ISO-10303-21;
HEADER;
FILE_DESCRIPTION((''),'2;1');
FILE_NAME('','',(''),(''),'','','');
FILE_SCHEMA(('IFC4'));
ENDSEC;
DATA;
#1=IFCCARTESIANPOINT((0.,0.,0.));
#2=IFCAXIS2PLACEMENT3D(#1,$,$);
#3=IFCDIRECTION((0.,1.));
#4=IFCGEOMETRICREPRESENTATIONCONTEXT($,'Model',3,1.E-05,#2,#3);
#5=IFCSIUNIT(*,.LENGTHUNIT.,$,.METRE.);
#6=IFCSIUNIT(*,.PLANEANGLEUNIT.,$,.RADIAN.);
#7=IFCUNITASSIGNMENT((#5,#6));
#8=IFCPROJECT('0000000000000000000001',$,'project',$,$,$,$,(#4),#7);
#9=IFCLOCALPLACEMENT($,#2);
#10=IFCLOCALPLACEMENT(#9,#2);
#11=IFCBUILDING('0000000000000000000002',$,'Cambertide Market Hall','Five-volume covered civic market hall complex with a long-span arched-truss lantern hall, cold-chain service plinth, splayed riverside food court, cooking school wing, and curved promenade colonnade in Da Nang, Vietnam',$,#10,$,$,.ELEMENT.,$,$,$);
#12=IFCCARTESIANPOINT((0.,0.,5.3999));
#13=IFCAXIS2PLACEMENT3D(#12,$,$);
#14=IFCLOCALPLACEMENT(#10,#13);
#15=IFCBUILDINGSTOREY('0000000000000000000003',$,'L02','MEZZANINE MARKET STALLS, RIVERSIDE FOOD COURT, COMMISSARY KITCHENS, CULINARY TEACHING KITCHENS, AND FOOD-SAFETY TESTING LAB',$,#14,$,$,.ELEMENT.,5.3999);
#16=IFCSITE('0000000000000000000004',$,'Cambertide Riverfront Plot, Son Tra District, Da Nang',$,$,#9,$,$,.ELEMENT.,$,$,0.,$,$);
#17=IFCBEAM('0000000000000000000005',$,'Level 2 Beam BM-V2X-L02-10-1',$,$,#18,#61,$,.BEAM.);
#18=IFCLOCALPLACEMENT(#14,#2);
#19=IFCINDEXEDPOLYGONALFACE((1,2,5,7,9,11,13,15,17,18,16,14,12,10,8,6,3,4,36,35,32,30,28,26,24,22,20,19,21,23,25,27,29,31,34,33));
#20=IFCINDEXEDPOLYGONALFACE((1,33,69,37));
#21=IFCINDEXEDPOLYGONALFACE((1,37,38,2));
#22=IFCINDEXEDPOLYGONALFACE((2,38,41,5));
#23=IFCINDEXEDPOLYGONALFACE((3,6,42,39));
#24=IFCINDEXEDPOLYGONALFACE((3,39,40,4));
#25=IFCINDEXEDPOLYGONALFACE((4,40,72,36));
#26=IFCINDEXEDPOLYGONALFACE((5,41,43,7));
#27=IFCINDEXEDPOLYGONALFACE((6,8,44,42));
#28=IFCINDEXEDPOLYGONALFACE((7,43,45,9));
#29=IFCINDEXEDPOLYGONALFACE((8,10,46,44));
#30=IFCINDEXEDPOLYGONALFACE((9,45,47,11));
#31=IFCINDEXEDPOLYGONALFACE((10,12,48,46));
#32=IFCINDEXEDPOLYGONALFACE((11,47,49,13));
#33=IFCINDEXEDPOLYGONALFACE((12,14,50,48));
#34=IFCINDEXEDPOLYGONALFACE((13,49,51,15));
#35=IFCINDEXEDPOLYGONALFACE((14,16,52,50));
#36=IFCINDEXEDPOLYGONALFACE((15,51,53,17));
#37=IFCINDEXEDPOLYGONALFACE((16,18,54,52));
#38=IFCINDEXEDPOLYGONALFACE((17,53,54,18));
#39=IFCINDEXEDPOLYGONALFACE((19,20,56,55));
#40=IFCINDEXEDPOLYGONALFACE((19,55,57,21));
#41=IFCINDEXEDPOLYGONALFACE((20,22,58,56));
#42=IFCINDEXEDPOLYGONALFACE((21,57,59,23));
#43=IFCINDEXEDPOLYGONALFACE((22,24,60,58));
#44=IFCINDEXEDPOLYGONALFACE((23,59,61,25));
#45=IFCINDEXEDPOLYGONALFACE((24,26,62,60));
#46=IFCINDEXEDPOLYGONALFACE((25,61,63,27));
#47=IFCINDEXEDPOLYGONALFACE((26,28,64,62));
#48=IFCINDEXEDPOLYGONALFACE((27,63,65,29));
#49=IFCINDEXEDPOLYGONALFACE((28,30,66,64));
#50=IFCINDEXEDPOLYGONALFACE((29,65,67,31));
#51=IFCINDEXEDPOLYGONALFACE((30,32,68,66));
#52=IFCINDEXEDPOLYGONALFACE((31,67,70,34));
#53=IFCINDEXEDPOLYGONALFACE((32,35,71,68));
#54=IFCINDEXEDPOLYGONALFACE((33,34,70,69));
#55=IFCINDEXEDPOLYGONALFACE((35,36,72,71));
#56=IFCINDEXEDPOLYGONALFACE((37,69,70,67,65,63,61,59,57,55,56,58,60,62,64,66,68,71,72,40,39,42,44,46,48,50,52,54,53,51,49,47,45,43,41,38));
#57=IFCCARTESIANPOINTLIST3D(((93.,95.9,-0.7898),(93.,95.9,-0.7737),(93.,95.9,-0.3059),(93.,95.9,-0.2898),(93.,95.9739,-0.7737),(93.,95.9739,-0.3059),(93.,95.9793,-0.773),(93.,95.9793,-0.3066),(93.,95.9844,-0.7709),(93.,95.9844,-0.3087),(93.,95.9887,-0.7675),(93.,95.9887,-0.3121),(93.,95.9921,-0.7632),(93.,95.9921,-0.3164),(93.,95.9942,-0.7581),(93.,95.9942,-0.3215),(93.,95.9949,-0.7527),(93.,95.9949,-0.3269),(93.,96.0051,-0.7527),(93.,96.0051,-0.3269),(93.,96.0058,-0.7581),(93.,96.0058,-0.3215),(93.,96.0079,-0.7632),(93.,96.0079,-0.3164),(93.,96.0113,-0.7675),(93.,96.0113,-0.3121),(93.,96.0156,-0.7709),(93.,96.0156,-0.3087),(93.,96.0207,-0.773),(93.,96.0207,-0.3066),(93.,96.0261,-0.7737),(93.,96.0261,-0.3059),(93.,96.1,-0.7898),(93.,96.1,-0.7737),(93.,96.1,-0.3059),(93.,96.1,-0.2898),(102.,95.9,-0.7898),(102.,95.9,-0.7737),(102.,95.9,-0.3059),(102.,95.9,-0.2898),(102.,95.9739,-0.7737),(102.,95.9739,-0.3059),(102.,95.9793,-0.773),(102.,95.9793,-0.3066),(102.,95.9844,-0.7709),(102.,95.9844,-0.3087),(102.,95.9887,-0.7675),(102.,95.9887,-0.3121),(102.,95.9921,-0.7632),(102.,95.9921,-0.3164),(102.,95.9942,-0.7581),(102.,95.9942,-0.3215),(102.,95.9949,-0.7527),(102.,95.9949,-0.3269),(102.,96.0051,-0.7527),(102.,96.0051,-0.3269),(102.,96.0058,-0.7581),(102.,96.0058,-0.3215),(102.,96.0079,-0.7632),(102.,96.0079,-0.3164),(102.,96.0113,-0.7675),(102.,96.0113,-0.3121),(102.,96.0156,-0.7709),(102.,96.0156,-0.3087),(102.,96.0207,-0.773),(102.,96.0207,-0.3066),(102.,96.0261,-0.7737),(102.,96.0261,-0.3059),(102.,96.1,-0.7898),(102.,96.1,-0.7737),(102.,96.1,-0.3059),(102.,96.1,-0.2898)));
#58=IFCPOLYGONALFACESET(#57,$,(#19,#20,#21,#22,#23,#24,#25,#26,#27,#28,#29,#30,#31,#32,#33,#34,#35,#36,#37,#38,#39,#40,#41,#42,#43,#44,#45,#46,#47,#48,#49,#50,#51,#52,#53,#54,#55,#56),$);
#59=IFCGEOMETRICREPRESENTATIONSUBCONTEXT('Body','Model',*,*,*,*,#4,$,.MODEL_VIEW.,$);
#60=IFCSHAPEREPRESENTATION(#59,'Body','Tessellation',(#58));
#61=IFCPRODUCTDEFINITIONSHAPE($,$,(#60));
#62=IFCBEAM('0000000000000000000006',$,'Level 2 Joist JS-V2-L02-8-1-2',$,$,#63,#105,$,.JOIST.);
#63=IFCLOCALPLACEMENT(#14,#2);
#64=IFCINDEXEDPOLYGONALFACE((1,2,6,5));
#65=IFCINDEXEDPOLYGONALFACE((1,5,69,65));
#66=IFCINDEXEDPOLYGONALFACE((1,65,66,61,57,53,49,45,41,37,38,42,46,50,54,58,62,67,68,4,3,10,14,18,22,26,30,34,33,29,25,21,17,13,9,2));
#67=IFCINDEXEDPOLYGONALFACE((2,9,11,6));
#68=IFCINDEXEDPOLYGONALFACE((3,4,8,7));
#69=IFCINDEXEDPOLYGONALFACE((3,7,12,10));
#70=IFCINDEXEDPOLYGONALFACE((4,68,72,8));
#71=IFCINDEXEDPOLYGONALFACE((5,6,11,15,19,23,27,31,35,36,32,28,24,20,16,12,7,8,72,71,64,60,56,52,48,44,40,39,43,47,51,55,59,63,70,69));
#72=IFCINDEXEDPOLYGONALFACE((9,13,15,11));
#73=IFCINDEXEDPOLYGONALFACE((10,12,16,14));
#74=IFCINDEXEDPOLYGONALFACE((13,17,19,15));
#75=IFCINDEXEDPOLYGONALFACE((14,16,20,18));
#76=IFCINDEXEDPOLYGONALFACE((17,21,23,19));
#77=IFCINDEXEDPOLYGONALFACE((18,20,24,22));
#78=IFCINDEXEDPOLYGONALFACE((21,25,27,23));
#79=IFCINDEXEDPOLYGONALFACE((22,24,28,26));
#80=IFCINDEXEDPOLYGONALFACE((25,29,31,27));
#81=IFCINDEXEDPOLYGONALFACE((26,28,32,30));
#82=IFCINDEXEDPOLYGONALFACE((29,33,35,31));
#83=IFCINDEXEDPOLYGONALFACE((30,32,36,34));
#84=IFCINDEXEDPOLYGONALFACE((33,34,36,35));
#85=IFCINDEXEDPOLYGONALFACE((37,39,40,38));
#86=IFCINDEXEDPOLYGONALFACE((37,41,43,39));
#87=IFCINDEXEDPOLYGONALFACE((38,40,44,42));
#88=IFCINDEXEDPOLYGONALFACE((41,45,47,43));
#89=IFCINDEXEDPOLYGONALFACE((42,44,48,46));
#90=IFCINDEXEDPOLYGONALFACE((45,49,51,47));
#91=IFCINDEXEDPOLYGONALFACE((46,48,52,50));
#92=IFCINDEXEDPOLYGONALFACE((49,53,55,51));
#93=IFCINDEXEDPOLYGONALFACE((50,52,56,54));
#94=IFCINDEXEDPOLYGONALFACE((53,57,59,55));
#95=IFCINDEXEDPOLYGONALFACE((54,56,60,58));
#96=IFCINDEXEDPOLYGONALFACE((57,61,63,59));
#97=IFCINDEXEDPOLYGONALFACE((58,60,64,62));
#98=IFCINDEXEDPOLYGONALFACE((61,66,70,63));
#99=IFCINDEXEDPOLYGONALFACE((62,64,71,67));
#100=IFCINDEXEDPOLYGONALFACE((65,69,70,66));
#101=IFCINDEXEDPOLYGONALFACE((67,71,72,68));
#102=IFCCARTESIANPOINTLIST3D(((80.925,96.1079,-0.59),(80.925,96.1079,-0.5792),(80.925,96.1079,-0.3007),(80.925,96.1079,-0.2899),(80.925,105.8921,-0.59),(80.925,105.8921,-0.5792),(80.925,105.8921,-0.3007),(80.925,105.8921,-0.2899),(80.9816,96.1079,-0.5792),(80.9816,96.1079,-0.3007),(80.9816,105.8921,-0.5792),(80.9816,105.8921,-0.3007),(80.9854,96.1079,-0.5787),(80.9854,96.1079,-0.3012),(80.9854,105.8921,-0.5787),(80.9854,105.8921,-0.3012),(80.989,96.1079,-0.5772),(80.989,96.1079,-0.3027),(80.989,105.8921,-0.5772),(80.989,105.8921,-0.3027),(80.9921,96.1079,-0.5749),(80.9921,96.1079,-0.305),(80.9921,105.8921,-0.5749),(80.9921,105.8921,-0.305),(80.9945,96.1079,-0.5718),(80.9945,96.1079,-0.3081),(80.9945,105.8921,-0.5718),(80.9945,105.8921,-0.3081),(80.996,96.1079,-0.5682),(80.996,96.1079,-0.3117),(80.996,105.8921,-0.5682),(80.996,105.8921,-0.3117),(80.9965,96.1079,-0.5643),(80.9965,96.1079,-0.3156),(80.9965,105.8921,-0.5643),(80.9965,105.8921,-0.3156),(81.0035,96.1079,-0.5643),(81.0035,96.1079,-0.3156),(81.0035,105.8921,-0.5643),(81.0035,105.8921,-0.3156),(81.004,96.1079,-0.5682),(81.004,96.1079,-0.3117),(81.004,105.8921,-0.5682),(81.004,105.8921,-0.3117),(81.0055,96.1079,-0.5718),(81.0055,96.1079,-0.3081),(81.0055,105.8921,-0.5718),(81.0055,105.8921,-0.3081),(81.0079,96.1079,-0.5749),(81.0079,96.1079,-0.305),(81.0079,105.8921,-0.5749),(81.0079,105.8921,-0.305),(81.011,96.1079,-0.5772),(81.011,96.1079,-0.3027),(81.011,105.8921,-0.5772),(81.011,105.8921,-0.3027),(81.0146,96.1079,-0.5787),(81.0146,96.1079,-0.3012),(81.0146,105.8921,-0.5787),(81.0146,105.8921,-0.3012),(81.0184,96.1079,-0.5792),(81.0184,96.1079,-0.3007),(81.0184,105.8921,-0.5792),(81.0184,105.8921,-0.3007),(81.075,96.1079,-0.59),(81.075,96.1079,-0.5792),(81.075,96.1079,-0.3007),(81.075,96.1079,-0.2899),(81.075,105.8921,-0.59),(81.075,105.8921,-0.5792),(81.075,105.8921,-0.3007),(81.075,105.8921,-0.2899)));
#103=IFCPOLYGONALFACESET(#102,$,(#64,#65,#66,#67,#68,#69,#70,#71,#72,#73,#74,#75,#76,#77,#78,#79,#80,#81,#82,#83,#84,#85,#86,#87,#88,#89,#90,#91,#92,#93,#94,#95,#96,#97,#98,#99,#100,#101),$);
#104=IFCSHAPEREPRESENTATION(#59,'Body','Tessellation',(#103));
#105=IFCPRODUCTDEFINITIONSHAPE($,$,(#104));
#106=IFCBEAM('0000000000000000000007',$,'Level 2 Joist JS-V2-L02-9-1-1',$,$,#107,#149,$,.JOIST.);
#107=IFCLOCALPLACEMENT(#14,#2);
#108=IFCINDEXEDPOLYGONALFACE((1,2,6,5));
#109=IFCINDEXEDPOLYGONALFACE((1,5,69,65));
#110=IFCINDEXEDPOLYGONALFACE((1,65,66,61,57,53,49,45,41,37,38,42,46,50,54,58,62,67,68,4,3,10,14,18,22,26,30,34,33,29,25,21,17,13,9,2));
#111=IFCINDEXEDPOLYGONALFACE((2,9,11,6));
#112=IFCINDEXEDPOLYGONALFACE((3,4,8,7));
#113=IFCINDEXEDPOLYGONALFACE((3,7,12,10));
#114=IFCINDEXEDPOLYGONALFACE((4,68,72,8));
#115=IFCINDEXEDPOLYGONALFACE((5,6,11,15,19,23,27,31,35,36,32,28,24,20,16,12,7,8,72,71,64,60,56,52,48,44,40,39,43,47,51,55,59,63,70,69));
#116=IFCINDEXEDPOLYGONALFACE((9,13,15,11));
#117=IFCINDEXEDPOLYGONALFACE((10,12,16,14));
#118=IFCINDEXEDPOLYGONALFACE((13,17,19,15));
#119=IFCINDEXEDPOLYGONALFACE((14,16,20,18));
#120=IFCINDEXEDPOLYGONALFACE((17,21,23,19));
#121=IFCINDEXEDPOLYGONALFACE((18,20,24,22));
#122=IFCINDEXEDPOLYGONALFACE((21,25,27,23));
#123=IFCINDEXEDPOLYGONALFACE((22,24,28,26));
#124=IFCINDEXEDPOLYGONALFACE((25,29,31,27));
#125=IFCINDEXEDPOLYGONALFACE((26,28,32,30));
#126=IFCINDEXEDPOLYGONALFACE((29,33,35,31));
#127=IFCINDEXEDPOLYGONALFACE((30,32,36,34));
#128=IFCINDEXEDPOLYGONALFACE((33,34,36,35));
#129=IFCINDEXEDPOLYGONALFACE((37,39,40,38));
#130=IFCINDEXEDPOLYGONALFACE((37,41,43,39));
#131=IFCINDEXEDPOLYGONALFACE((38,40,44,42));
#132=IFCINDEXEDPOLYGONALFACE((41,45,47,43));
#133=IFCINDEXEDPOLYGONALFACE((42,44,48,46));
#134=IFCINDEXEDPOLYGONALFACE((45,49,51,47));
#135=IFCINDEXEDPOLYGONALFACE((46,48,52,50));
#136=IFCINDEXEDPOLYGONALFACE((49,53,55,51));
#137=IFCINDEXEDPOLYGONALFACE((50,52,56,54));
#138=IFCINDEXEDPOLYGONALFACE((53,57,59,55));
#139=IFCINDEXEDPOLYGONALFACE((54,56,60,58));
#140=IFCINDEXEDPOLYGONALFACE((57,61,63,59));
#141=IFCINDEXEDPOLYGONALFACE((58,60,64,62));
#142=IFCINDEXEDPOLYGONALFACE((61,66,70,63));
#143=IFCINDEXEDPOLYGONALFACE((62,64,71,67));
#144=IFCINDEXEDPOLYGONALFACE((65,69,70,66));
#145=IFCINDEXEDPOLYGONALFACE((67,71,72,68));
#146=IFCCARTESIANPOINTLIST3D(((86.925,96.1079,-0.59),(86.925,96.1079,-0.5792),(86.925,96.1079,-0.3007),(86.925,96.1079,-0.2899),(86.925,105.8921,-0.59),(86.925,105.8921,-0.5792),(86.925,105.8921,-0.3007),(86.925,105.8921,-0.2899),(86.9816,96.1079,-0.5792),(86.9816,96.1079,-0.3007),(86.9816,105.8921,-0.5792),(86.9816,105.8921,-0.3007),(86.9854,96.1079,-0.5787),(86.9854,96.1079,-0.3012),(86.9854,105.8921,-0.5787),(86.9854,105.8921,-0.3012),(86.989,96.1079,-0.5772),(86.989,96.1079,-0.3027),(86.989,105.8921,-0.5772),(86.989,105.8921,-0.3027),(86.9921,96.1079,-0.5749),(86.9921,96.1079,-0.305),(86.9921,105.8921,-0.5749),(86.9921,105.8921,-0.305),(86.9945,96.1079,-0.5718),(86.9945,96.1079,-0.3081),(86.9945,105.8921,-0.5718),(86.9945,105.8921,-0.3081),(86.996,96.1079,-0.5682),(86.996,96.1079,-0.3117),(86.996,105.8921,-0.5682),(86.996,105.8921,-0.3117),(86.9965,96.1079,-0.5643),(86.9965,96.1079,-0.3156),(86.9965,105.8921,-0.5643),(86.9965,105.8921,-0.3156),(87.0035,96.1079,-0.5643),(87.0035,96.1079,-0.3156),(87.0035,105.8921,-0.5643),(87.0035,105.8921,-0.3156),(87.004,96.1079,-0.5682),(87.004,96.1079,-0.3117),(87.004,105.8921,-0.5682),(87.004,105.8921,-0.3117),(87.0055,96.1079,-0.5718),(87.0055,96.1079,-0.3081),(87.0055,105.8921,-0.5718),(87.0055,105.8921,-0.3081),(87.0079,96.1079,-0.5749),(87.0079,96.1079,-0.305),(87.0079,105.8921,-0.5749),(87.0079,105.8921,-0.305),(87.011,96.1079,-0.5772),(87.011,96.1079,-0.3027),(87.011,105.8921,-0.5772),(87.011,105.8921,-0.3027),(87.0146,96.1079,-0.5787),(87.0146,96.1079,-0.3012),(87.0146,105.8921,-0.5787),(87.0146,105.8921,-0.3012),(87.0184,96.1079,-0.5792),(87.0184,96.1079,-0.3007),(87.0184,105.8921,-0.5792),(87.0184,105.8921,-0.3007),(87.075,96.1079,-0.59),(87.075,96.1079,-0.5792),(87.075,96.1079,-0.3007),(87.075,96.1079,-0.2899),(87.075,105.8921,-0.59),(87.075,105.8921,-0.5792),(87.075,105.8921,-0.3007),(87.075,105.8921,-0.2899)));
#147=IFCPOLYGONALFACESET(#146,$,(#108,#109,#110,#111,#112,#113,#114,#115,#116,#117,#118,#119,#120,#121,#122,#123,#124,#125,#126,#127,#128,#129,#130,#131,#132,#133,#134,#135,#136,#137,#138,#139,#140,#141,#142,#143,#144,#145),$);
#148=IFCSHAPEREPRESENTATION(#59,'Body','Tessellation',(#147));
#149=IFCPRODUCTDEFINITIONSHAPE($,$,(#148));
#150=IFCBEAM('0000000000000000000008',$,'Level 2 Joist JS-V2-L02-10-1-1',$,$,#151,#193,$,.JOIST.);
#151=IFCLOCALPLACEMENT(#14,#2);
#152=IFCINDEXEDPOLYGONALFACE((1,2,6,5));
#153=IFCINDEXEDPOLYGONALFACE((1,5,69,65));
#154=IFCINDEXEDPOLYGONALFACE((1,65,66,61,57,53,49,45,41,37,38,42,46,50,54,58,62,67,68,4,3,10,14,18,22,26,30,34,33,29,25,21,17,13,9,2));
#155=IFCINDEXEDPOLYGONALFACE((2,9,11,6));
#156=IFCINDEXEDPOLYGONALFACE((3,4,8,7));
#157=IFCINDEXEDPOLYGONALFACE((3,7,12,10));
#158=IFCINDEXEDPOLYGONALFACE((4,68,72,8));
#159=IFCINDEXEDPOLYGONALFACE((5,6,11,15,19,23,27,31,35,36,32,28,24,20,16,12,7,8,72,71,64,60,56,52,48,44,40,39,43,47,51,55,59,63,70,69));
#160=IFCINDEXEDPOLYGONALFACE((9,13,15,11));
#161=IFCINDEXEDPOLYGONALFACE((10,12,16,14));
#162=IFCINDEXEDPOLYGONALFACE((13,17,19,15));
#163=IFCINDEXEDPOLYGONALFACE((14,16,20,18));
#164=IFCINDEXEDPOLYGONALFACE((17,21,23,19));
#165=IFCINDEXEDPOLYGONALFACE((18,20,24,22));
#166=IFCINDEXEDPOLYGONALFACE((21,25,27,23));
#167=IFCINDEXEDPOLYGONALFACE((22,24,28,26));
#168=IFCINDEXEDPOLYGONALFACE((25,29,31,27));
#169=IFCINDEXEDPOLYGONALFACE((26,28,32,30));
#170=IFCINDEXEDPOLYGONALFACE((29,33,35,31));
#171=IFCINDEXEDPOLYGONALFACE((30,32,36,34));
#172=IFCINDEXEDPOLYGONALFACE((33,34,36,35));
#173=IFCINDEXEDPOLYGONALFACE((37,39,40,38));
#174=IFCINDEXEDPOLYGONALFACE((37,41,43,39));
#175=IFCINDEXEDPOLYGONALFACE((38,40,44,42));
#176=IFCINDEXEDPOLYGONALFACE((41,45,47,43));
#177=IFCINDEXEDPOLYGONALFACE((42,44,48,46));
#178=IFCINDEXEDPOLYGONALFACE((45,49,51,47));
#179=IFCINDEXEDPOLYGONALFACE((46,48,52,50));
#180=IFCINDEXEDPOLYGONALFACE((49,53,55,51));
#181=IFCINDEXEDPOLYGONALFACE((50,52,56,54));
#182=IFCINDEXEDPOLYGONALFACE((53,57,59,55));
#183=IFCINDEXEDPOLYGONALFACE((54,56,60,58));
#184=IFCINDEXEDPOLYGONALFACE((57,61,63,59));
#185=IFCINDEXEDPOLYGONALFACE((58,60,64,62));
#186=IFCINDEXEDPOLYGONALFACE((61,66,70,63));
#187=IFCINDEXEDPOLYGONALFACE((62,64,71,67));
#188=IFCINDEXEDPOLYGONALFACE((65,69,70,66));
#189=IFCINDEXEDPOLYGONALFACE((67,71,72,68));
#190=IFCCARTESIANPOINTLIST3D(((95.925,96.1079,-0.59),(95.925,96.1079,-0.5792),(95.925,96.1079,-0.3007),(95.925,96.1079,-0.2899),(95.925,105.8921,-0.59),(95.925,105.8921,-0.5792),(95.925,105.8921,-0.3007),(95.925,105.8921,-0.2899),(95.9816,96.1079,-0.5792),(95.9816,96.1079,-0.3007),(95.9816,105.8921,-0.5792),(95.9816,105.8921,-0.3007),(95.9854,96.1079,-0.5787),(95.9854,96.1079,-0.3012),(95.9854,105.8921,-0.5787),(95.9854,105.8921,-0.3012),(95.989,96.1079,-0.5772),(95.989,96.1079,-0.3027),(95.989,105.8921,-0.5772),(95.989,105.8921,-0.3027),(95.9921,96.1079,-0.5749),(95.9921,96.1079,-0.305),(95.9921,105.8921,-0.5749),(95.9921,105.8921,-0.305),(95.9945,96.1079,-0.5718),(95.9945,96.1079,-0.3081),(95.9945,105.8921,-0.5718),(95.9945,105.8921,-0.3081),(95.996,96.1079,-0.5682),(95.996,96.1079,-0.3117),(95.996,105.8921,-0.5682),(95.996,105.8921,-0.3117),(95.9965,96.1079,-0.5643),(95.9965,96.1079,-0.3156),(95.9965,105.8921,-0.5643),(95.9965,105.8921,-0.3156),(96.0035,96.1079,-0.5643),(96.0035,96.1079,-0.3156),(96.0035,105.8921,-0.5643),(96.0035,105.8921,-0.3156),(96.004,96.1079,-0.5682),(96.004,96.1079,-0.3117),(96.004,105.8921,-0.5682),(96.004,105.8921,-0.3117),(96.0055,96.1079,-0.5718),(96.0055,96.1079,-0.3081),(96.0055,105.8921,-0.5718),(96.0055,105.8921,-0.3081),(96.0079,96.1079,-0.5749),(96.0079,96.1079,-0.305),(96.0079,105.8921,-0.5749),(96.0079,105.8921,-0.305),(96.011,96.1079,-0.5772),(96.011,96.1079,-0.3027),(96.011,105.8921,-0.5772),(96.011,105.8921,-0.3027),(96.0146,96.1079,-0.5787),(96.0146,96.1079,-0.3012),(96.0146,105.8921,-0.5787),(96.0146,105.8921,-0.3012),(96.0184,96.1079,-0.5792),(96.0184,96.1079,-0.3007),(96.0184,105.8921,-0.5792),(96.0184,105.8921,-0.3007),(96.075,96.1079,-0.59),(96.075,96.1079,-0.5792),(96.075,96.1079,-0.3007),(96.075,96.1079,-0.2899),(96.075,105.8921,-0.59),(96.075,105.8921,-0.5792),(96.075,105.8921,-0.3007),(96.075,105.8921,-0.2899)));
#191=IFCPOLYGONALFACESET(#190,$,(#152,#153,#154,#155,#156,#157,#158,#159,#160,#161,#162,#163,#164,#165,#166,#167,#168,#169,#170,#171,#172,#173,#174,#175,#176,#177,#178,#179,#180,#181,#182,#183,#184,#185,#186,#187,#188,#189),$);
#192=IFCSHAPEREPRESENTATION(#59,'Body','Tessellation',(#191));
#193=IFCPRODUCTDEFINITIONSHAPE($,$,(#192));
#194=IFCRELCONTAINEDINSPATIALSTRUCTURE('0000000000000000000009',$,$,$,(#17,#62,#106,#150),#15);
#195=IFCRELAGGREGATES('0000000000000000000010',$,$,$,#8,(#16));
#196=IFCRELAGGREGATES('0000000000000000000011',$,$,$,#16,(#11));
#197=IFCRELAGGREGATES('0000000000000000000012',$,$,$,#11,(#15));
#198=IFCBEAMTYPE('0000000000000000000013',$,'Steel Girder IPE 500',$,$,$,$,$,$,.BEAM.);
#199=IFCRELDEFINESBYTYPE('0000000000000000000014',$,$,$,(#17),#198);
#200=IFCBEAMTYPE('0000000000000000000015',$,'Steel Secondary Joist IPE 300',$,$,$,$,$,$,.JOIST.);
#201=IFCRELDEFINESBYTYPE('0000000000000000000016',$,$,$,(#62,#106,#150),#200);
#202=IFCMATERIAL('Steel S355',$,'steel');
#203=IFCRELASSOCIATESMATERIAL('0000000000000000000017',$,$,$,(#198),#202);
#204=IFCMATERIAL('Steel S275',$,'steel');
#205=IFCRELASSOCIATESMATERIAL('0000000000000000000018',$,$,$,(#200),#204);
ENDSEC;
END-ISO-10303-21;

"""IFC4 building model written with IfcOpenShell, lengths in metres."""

from ifc_helpers import new_model, si_unit, direction, frame, origin, origin_2d, place, context, subcontext, project, spatial, i_section, extrude, material, material_profile, profile_set, type_object, element, save


model = new_model("IFC4")

# Units and contexts
model_context = context("Model", 3, precision=1e-05, world=origin(), true_north=direction((0.0, 1.0)))
body_context = subcontext(model_context, "Body", "Model", "MODEL_VIEW")
ifc_project = project(units=[si_unit("LENGTHUNIT", "METRE"), si_unit("PLANEANGLEUNIT", "RADIAN")], contexts=[model_context])

# Site, building, storey
site_placement = place(None, origin())
site = spatial("IfcSite", under=ifc_project, at=site_placement, Name="Cambertide Riverfront Plot, Son Tra District, Da Nang", CompositionType="ELEMENT", RefElevation=0.0)
building_placement = place(site_placement, origin())
building = spatial("IfcBuilding", under=site, at=building_placement, Name="Cambertide Market Hall", Description="Five-volume covered civic market hall complex with a long-span arched-truss lantern hall, cold-chain service plinth, splayed riverside food court, cooking school wing, and curved promenade colonnade in Da Nang, Vietnam", CompositionType="ELEMENT")
storey_placement = place(building_placement, frame((0.0, 0.0, 5.3999)))
storey = spatial("IfcBuildingStorey", under=building, at=storey_placement, Name="L02", Description="MEZZANINE MARKET STALLS, RIVERSIDE FOOD COURT, COMMISSARY KITCHENS, CULINARY TEACHING KITCHENS, AND FOOD-SAFETY TESTING LAB", CompositionType="ELEMENT", Elevation=5.3999)

# Beams
ifc_material_1 = material(Name="Steel S355", Category="steel")
ifc_material_profile_1 = material_profile(ifc_material_1, i_section(OverallWidth=0.2, OverallDepth=0.5, WebThickness=0.0103, FlangeThickness=0.0161, FilletRadius=0.021, at=origin_2d()), Name="IPE 500")
ifc_profile_set_1 = profile_set([ifc_material_profile_1], Name="Steel S355")
beam_type_1 = type_object("IfcBeamType", Name="Steel Girder IPE 500", PredefinedType="BEAM", material=ifc_profile_set_1)
for number, where, z_axis, x_axis, name in (
    (1, (93.0, 96.0, -0.5398), (1.0, 0.0, 0.0), (0.0, 1.0, 0.0), "Level 2 Beam BM-V2X-L02-10-1"),
):
    element("IfcBeam", number, at=place(storey_placement, frame(where, z_axis=z_axis, x_axis=x_axis)), inside=storey, type_object=beam_type_1, Name=name, PredefinedType="BEAM", context=body_context, shape_type="SweptSolid", body=[
        extrude(i_section(OverallWidth=0.2, OverallDepth=0.5, WebThickness=0.0103, FlangeThickness=0.0161, FilletRadius=0.021, at=origin_2d()), origin(), (0.0, 0.0, 1.0), 9.0),
    ])
ifc_material_2 = material(Name="Steel S275", Category="steel")
ifc_material_profile_2 = material_profile(ifc_material_2, i_section(OverallWidth=0.1499, OverallDepth=0.3, WebThickness=0.0071, FlangeThickness=0.0107, FilletRadius=0.0149, at=origin_2d()), Name="IPE 300")
ifc_profile_set_2 = profile_set([ifc_material_profile_2], Name="Steel S275")
beam_type_2 = type_object("IfcBeamType", Name="Steel Secondary Joist IPE 300", PredefinedType="JOIST", material=ifc_profile_set_2)
for number, where, z_axis, x_axis, name in (
    (2, (81.0, 96.1079, -0.4399), (0.0, 1.0, 0.0), (-1.0, 0.0, 0.0), "Level 2 Joist JS-V2-L02-8-1-2"),
    (3, (87.0, 96.1079, -0.4399), (0.0, 1.0, 0.0), (-1.0, 0.0, 0.0), "Level 2 Joist JS-V2-L02-9-1-1"),
    (4, (96.0, 96.1079, -0.4399), (0.0, 1.0, 0.0), (-1.0, 0.0, 0.0), "Level 2 Joist JS-V2-L02-10-1-1"),
):
    element("IfcBeam", number, at=place(storey_placement, frame(where, z_axis=z_axis, x_axis=x_axis)), inside=storey, type_object=beam_type_2, Name=name, PredefinedType="JOIST", context=body_context, shape_type="SweptSolid", body=[
        extrude(i_section(OverallWidth=0.1499, OverallDepth=0.3, WebThickness=0.0071, FlangeThickness=0.0107, FilletRadius=0.0149, at=origin_2d()), origin(), (0.0, 0.0, 1.0), 9.7842),
    ])

save(model, "model.ifc")
